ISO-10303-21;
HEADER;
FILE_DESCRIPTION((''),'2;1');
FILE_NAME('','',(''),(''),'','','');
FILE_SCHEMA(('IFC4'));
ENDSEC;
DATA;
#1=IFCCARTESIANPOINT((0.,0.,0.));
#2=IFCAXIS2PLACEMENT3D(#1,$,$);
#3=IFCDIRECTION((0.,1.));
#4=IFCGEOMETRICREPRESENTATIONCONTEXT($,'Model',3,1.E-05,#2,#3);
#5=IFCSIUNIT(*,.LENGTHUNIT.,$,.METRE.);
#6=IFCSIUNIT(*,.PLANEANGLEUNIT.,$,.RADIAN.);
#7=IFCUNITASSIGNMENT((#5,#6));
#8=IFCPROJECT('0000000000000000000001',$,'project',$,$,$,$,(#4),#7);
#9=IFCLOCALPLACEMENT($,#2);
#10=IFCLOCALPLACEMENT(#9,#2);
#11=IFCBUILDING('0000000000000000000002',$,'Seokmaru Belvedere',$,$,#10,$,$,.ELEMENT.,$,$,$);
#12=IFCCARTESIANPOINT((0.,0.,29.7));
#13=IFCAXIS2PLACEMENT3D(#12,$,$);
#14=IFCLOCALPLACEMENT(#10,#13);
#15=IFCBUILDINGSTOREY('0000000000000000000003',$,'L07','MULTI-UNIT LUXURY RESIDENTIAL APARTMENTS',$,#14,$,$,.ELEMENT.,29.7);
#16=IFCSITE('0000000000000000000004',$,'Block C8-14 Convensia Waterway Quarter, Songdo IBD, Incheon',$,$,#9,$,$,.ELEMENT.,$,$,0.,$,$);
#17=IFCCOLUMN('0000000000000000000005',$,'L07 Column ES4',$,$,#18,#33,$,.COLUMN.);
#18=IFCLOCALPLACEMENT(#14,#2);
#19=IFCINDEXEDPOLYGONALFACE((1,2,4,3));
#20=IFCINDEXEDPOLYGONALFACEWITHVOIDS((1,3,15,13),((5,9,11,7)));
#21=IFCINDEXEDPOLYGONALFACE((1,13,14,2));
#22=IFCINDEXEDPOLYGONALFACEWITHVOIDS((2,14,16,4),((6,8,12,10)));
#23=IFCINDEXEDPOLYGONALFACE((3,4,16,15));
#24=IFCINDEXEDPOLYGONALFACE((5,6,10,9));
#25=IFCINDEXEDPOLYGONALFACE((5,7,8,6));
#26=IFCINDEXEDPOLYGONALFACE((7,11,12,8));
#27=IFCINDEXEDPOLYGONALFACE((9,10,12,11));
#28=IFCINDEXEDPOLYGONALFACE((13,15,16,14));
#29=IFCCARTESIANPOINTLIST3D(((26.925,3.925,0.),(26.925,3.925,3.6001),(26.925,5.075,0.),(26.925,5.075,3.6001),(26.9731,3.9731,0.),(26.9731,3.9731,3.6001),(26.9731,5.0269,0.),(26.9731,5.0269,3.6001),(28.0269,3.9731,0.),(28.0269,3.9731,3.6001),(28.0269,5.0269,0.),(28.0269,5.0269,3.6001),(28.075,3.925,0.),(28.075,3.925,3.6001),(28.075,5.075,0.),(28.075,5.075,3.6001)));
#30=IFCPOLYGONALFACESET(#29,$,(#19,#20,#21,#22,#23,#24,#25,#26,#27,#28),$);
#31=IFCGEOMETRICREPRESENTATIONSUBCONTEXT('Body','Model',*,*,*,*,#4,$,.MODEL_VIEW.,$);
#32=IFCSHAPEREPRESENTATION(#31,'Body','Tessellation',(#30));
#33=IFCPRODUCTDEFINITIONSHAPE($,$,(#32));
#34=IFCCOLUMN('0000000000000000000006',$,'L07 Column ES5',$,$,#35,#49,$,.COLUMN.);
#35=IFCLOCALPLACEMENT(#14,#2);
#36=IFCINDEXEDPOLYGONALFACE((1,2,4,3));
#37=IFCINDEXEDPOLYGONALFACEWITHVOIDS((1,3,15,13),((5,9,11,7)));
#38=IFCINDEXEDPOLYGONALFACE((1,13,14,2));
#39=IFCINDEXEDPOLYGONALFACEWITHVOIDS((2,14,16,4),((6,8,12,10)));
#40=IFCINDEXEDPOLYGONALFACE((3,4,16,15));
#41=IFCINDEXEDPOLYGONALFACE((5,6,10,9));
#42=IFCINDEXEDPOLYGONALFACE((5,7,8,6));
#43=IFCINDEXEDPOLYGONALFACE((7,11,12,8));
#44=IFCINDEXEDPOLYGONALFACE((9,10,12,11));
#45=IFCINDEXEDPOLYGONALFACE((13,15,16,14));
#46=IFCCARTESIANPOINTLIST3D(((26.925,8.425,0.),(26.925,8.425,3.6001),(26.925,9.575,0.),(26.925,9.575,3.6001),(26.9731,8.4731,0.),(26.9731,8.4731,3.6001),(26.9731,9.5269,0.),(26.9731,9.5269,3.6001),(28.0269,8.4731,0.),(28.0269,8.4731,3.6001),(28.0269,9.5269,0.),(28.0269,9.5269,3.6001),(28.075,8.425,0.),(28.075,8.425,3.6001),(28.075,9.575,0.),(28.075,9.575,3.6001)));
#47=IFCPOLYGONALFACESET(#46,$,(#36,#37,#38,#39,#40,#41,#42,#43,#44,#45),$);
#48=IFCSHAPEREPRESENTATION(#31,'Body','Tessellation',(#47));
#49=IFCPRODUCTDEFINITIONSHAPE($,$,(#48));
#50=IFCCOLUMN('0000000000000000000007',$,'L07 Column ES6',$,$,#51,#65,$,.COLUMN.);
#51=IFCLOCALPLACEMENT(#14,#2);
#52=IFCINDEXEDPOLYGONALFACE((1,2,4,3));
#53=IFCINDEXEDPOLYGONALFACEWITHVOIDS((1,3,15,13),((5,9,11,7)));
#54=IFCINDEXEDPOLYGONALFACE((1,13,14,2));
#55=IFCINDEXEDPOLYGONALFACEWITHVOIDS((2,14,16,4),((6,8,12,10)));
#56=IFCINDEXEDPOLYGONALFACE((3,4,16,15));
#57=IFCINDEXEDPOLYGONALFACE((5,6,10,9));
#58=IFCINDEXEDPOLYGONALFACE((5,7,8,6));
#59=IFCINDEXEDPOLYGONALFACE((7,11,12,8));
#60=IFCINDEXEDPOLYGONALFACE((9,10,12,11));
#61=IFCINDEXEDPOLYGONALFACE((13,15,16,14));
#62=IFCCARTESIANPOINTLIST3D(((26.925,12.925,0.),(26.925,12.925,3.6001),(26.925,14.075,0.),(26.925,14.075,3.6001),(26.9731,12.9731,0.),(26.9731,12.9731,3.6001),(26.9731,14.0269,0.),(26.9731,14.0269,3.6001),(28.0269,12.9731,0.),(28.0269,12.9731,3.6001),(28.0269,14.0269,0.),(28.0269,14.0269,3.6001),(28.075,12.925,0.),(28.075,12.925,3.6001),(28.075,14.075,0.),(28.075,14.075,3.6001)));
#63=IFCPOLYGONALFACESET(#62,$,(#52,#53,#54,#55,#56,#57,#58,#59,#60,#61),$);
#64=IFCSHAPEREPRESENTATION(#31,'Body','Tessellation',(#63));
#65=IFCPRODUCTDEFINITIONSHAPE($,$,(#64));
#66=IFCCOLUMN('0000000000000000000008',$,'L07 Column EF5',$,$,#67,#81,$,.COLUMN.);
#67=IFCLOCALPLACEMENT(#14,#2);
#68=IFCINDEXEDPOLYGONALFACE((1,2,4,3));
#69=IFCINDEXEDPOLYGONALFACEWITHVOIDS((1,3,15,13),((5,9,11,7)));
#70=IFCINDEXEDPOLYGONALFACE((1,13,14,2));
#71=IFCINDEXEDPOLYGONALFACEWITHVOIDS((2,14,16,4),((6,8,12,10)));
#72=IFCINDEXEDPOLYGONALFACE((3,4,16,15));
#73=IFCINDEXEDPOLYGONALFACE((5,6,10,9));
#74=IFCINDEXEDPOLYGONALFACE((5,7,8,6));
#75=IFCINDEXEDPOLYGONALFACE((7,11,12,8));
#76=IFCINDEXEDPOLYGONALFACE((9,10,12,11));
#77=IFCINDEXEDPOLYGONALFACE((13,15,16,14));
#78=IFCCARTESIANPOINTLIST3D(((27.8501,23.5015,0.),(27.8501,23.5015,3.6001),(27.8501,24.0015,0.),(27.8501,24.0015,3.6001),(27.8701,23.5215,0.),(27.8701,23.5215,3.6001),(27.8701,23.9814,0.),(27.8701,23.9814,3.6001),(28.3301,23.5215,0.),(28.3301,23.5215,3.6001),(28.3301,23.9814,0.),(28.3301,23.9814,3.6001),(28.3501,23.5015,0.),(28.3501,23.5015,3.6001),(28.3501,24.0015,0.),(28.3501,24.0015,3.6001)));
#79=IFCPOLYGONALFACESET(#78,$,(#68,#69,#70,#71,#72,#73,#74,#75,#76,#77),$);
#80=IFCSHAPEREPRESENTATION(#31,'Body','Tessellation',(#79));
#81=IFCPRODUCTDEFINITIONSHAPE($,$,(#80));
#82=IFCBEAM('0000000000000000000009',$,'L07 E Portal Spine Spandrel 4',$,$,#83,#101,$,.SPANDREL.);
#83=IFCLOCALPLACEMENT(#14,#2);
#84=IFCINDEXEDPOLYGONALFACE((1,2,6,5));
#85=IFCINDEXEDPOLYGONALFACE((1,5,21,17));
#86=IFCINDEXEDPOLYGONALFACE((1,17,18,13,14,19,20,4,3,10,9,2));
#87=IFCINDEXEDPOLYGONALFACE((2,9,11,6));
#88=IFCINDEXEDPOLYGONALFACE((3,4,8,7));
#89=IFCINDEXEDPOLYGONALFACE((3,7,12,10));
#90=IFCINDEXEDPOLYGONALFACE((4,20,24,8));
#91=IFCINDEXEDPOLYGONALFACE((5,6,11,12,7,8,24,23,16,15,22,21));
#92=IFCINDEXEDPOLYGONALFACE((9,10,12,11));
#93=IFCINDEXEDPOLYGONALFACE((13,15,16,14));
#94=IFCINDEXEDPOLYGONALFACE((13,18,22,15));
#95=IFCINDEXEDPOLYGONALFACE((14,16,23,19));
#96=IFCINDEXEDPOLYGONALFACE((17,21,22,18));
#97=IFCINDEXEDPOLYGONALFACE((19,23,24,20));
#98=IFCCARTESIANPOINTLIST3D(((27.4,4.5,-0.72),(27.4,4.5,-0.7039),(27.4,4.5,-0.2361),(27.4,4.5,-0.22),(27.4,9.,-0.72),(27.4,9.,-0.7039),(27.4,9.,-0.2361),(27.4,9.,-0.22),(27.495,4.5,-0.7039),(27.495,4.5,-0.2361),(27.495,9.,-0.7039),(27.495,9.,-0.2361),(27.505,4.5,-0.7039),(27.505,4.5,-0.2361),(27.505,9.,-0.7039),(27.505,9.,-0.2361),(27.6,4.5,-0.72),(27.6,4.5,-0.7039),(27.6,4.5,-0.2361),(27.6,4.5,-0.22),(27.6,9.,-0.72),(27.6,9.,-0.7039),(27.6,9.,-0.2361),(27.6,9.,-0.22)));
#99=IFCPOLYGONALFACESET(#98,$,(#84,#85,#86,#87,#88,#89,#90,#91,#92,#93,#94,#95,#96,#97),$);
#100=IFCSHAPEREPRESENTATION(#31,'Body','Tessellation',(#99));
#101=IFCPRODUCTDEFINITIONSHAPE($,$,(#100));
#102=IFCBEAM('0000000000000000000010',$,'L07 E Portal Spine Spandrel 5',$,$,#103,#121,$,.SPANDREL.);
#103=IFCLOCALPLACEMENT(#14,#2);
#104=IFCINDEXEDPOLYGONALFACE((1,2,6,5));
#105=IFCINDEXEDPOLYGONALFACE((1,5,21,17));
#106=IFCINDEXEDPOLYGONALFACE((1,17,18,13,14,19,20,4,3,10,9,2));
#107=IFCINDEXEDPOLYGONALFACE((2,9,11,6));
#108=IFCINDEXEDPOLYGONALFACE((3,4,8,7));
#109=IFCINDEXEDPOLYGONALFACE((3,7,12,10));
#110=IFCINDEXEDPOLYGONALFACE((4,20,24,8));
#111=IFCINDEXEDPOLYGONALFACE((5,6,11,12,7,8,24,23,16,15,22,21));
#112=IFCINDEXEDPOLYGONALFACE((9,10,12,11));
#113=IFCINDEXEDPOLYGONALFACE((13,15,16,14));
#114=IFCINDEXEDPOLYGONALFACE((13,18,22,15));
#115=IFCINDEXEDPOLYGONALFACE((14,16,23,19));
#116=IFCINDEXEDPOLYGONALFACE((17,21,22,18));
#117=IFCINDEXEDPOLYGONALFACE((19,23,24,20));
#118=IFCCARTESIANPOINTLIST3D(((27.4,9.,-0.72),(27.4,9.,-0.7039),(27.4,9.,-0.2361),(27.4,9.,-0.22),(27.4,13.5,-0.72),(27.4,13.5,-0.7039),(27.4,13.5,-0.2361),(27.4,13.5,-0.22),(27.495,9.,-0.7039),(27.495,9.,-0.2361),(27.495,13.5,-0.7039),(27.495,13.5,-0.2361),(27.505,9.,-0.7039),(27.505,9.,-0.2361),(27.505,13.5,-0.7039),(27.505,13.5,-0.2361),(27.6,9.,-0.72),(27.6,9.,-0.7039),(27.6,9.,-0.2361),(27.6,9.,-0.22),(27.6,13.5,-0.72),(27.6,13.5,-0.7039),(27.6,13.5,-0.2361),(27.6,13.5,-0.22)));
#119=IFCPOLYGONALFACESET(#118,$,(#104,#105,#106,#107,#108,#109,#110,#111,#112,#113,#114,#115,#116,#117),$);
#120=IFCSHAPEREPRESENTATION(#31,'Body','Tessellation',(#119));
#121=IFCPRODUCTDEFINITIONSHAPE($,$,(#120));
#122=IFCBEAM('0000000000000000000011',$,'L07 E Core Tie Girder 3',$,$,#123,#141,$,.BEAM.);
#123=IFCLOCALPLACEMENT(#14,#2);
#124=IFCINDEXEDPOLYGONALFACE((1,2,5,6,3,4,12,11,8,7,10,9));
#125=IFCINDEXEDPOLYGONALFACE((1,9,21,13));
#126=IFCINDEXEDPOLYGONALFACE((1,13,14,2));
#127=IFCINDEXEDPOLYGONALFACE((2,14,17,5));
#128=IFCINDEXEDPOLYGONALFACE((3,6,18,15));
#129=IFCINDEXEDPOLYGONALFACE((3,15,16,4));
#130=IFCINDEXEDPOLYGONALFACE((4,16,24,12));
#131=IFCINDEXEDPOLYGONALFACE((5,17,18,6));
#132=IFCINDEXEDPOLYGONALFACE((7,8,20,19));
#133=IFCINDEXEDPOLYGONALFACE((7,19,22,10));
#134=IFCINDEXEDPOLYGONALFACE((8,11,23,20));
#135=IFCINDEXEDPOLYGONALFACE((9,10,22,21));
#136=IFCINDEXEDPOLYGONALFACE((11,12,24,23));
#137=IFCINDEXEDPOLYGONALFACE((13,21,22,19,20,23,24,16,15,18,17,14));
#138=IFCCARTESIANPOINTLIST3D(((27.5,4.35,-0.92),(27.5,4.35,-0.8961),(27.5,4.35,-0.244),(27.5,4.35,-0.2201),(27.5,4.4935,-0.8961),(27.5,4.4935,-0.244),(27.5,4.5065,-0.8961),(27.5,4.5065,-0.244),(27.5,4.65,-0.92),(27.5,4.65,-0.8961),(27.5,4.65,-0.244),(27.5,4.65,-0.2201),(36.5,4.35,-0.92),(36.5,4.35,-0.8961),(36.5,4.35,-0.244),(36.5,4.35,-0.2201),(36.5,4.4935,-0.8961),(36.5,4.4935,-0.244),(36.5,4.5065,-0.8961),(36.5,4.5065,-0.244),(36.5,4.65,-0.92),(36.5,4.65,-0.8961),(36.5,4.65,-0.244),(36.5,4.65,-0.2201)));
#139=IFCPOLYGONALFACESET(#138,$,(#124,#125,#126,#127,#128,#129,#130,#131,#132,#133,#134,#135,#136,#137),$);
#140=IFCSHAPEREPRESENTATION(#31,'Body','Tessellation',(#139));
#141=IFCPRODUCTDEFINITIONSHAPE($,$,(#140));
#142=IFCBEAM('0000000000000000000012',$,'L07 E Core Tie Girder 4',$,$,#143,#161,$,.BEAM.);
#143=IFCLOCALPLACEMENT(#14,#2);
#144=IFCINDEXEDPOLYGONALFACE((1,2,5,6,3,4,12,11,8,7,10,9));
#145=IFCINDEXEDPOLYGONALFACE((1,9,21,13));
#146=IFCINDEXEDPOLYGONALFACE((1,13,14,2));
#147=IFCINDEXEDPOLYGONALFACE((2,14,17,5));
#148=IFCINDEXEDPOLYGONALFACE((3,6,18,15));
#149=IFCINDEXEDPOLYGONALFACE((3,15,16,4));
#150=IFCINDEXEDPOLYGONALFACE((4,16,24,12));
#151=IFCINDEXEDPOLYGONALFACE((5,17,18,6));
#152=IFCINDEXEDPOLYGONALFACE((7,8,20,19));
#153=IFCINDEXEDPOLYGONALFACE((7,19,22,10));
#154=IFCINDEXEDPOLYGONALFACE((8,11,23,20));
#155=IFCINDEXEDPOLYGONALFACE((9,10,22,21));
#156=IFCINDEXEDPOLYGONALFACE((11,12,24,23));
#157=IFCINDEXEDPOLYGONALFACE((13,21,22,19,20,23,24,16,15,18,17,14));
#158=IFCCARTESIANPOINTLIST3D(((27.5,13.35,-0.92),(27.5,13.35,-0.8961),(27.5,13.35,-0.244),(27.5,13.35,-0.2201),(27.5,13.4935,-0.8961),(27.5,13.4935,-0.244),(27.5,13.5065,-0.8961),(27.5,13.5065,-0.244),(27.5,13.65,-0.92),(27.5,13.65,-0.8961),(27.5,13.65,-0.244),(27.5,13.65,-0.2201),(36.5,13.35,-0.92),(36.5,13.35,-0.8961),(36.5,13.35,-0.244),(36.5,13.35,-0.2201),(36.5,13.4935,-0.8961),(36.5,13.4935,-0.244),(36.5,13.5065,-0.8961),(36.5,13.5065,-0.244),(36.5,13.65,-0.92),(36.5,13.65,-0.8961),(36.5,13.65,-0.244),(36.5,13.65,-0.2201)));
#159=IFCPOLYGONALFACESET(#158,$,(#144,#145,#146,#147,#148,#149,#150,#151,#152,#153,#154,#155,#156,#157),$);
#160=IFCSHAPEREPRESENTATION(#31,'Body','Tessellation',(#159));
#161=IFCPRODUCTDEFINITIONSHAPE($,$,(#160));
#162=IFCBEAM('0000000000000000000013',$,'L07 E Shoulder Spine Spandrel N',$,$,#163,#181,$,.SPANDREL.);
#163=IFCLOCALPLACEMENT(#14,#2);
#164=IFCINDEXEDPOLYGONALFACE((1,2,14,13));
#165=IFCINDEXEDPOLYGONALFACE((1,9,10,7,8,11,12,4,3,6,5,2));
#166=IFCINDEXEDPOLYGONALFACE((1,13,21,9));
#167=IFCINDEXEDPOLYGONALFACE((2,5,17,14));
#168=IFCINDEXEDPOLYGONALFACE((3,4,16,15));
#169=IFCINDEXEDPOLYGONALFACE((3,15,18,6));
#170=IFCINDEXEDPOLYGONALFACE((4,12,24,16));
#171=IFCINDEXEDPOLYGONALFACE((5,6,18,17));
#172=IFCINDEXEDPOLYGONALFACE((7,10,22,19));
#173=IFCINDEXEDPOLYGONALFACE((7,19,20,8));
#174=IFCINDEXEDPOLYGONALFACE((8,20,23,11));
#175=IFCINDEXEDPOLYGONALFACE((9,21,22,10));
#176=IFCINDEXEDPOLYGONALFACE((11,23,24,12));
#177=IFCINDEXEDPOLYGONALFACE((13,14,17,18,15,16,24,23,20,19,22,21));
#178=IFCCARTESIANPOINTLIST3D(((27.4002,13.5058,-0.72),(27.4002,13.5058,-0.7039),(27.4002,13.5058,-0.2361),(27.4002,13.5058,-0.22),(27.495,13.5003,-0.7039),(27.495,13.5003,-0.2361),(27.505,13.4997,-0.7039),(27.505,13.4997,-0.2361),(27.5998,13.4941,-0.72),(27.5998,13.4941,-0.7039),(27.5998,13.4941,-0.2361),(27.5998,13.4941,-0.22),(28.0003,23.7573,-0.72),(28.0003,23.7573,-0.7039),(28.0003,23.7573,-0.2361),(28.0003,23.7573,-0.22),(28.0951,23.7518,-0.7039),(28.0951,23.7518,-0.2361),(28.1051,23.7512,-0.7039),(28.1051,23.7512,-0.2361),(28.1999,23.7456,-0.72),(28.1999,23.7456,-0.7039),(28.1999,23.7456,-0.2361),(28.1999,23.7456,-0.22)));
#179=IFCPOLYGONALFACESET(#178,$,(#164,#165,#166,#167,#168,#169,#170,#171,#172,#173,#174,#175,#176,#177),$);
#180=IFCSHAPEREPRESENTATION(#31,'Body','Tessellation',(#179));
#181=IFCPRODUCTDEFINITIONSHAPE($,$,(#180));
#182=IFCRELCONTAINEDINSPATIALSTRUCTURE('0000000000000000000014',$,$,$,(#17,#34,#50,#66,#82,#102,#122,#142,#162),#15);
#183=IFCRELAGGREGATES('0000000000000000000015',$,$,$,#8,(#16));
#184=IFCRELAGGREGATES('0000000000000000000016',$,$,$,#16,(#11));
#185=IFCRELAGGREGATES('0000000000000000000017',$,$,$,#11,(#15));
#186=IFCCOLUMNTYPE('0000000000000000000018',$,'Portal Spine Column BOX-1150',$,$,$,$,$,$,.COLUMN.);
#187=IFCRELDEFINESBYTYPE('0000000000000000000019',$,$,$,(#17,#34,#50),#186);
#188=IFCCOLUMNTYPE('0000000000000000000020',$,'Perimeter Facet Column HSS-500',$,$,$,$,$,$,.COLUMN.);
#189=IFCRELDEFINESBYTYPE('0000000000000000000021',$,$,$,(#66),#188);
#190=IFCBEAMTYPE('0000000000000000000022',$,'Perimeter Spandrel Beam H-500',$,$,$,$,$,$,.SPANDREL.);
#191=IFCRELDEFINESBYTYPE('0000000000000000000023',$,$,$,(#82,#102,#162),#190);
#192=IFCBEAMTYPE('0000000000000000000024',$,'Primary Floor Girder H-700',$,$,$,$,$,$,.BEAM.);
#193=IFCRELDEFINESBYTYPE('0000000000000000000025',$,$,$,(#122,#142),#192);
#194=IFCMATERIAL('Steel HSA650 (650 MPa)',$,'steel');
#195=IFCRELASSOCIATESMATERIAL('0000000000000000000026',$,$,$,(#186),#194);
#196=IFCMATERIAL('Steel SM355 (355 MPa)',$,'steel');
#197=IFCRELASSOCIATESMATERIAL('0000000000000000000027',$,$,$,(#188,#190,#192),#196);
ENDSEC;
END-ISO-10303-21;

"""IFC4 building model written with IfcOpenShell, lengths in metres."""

from ifc_helpers import new_model, si_unit, direction, frame, origin, origin_2d, place, context, subcontext, project, spatial, hollow_rectangle, i_section, extrude, source, transform, mapped, material, material_profile, profile_set, type_object, type_shapes, element, save


model = new_model("IFC4")

# Units and contexts
model_context = context("Model", 3, precision=1e-05, world=origin(), true_north=direction((0.0, 1.0)))
body_context = subcontext(model_context, "Body", "Model", "MODEL_VIEW")
ifc_project = project(units=[si_unit("LENGTHUNIT", "METRE"), si_unit("PLANEANGLEUNIT", "RADIAN")], contexts=[model_context])

# Site, building, storey
site_placement = place(None, origin())
site = spatial("IfcSite", under=ifc_project, at=site_placement, Name="Block C8-14 Convensia Waterway Quarter, Songdo IBD, Incheon", CompositionType="ELEMENT", RefElevation=0.0)
building_placement = place(site_placement, origin())
building = spatial("IfcBuilding", under=site, at=building_placement, Name="Seokmaru Belvedere", CompositionType="ELEMENT")
storey_placement = place(building_placement, frame((0.0, 0.0, 29.7)))
storey = spatial("IfcBuildingStorey", under=building, at=storey_placement, Name="L07", Description="MULTI-UNIT LUXURY RESIDENTIAL APARTMENTS", CompositionType="ELEMENT", Elevation=29.7)

# Columns
ifc_material_1 = material(Name="Steel HSA650 (650 MPa)", Category="steel")
ifc_material_profile_1 = material_profile(ifc_material_1, hollow_rectangle(XDim=1.1499, YDim=1.1499, WallThickness=0.0481, at=origin_2d()), Name="BOX-1150x1150x48")
ifc_profile_set_1 = profile_set([ifc_material_profile_1], Name="Steel HSA650 (650 MPa)")
column_type_1 = type_object("IfcColumnType", Name="Portal Spine Column BOX-1150", PredefinedType="COLUMN", material=ifc_profile_set_1)
shared_shape_1 = source(origin(), body_context, "Body", "SweptSolid", [
    extrude(hollow_rectangle(XDim=1.1499, YDim=1.1499, WallThickness=0.0481, at=origin_2d()), origin(), (0.0, 0.0, 1.0), 3.6001),
])
type_shapes(column_type_1, [shared_shape_1])
for number, where, z_axis, x_axis, name in (
    (1, (27.5, 4.5, 0.0), (0.0, 0.0, 1.0), (1.0, 0.0, 0.0), "L07 Column ES4"),
    (2, (27.5, 9.0, 0.0), (0.0, 0.0, 1.0), (1.0, 0.0, 0.0), "L07 Column ES5"),
    (3, (27.5, 13.5, 0.0), (0.0, 0.0, 1.0), (1.0, 0.0, 0.0), "L07 Column ES6"),
):
    element("IfcColumn", number, at=place(storey_placement, frame(where, z_axis=z_axis, x_axis=x_axis)), inside=storey, type_object=column_type_1, Name=name, PredefinedType="COLUMN", context=body_context, shape_type="MappedRepresentation", body=[
        mapped(shared_shape_1, transform((0.0, 0.0, 0.0), scale=1.0)),
    ])
ifc_material_2 = material(Name="Steel SM355 (355 MPa)", Category="steel")
ifc_material_profile_2 = material_profile(ifc_material_2, hollow_rectangle(XDim=0.5, YDim=0.5, WallThickness=0.02, at=origin_2d()), Name="HSS-500x500x20")
ifc_profile_set_2 = profile_set([ifc_material_profile_2], Name="Steel SM355 (355 MPa)")
column_type_2 = type_object("IfcColumnType", Name="Perimeter Facet Column HSS-500", PredefinedType="COLUMN", material=ifc_profile_set_2)
shared_shape_2 = source(origin(), body_context, "Body", "SweptSolid", [
    extrude(hollow_rectangle(XDim=0.5, YDim=0.5, WallThickness=0.02, at=origin_2d()), origin(), (0.0, 0.0, 1.0), 3.6001),
])
type_shapes(column_type_2, [shared_shape_2])
column_placement = place(storey_placement, frame((28.1001, 23.7515, 0.0), z_axis=(0.0, 0.0, 1.0), x_axis=(1.0, 0.0, 0.0)))
element("IfcColumn", 4, at=column_placement, inside=storey, type_object=column_type_2, Name="L07 Column EF5", PredefinedType="COLUMN", context=body_context, shape_type="MappedRepresentation", body=[
    mapped(shared_shape_2, transform((0.0, 0.0, 0.0), scale=1.0)),
])

# Beams
ifc_material_profile_3 = material_profile(ifc_material_2, i_section(OverallWidth=0.2, OverallDepth=0.5, WebThickness=0.01, FlangeThickness=0.0161, at=origin_2d()), Name="H-500x200x10x16")
ifc_profile_set_3 = profile_set([ifc_material_profile_3], Name="Steel SM355 (355 MPa)")
beam_type_1 = type_object("IfcBeamType", Name="Perimeter Spandrel Beam H-500", PredefinedType="SPANDREL", material=ifc_profile_set_3)
shared_shape_3 = source(origin(), body_context, "Body", "SweptSolid", [
    extrude(i_section(OverallWidth=0.2, OverallDepth=0.5, WebThickness=0.01, FlangeThickness=0.0161, at=origin_2d()), origin(), (0.0, 0.0, 1.0), 4.5),
])
for number, where, z_axis, x_axis, name in (
    (5, (27.5, 4.5, -0.47), (0.0, 1.0, 0.0), (-1.0, 0.0, 0.0), "L07 E Portal Spine Spandrel 4"),
    (6, (27.5, 9.0, -0.47), (0.0, 1.0, 0.0), (-1.0, 0.0, 0.0), "L07 E Portal Spine Spandrel 5"),
):
    element("IfcBeam", number, at=place(storey_placement, frame(where, z_axis=z_axis, x_axis=x_axis)), inside=storey, type_object=beam_type_1, Name=name, PredefinedType="SPANDREL", context=body_context, shape_type="MappedRepresentation", body=[
        mapped(shared_shape_3, transform((0.0, 0.0, 0.0), scale=1.0)),
    ])
ifc_material_profile_4 = material_profile(ifc_material_2, i_section(OverallWidth=0.3, OverallDepth=0.7, WebThickness=0.0129, FlangeThickness=0.0239, at=origin_2d()), Name="H-700x300x13x24")
ifc_profile_set_4 = profile_set([ifc_material_profile_4], Name="Steel SM355 (355 MPa)")
beam_type_2 = type_object("IfcBeamType", Name="Primary Floor Girder H-700", PredefinedType="BEAM", material=ifc_profile_set_4)
shared_shape_4 = source(origin(), body_context, "Body", "SweptSolid", [
    extrude(i_section(OverallWidth=0.3, OverallDepth=0.7, WebThickness=0.0129, FlangeThickness=0.0239, at=origin_2d()), origin(), (0.0, 0.0, 1.0), 9.0),
])
type_shapes(beam_type_2, [shared_shape_4])
for number, where, z_axis, x_axis, name in (
    (7, (27.5, 4.5, -0.5701), (1.0, 0.0, 0.0), (0.0, 1.0, 0.0), "L07 E Core Tie Girder 3"),
    (8, (27.5, 13.5, -0.5701), (1.0, 0.0, 0.0), (0.0, 1.0, 0.0), "L07 E Core Tie Girder 4"),
):
    element("IfcBeam", number, at=place(storey_placement, frame(where, z_axis=z_axis, x_axis=x_axis)), inside=storey, type_object=beam_type_2, Name=name, PredefinedType="BEAM", context=body_context, shape_type="MappedRepresentation", body=[
        mapped(shared_shape_4, transform((0.0, 0.0, 0.0), scale=1.0)),
    ])
shared_shape_5 = source(origin(), body_context, "Body", "SweptSolid", [
    extrude(i_section(OverallWidth=0.2, OverallDepth=0.5, WebThickness=0.01, FlangeThickness=0.0161, at=origin_2d()), origin(), (0.0, 0.0, 1.0), 10.269),
])
type_shapes(beam_type_1, [shared_shape_3, shared_shape_5])
beam_placement = place(storey_placement, frame((28.1001, 23.7515, -0.47), z_axis=(-0.058438, -0.998291, 0.0), x_axis=(0.998291, -0.058438, 0.0)))
element("IfcBeam", 9, at=beam_placement, inside=storey, type_object=beam_type_1, Name="L07 E Shoulder Spine Spandrel N", PredefinedType="SPANDREL", context=body_context, shape_type="MappedRepresentation", body=[
    mapped(shared_shape_5, transform((0.0, 0.0, 0.0), scale=1.0)),
])

save(model, "model.ifc")
